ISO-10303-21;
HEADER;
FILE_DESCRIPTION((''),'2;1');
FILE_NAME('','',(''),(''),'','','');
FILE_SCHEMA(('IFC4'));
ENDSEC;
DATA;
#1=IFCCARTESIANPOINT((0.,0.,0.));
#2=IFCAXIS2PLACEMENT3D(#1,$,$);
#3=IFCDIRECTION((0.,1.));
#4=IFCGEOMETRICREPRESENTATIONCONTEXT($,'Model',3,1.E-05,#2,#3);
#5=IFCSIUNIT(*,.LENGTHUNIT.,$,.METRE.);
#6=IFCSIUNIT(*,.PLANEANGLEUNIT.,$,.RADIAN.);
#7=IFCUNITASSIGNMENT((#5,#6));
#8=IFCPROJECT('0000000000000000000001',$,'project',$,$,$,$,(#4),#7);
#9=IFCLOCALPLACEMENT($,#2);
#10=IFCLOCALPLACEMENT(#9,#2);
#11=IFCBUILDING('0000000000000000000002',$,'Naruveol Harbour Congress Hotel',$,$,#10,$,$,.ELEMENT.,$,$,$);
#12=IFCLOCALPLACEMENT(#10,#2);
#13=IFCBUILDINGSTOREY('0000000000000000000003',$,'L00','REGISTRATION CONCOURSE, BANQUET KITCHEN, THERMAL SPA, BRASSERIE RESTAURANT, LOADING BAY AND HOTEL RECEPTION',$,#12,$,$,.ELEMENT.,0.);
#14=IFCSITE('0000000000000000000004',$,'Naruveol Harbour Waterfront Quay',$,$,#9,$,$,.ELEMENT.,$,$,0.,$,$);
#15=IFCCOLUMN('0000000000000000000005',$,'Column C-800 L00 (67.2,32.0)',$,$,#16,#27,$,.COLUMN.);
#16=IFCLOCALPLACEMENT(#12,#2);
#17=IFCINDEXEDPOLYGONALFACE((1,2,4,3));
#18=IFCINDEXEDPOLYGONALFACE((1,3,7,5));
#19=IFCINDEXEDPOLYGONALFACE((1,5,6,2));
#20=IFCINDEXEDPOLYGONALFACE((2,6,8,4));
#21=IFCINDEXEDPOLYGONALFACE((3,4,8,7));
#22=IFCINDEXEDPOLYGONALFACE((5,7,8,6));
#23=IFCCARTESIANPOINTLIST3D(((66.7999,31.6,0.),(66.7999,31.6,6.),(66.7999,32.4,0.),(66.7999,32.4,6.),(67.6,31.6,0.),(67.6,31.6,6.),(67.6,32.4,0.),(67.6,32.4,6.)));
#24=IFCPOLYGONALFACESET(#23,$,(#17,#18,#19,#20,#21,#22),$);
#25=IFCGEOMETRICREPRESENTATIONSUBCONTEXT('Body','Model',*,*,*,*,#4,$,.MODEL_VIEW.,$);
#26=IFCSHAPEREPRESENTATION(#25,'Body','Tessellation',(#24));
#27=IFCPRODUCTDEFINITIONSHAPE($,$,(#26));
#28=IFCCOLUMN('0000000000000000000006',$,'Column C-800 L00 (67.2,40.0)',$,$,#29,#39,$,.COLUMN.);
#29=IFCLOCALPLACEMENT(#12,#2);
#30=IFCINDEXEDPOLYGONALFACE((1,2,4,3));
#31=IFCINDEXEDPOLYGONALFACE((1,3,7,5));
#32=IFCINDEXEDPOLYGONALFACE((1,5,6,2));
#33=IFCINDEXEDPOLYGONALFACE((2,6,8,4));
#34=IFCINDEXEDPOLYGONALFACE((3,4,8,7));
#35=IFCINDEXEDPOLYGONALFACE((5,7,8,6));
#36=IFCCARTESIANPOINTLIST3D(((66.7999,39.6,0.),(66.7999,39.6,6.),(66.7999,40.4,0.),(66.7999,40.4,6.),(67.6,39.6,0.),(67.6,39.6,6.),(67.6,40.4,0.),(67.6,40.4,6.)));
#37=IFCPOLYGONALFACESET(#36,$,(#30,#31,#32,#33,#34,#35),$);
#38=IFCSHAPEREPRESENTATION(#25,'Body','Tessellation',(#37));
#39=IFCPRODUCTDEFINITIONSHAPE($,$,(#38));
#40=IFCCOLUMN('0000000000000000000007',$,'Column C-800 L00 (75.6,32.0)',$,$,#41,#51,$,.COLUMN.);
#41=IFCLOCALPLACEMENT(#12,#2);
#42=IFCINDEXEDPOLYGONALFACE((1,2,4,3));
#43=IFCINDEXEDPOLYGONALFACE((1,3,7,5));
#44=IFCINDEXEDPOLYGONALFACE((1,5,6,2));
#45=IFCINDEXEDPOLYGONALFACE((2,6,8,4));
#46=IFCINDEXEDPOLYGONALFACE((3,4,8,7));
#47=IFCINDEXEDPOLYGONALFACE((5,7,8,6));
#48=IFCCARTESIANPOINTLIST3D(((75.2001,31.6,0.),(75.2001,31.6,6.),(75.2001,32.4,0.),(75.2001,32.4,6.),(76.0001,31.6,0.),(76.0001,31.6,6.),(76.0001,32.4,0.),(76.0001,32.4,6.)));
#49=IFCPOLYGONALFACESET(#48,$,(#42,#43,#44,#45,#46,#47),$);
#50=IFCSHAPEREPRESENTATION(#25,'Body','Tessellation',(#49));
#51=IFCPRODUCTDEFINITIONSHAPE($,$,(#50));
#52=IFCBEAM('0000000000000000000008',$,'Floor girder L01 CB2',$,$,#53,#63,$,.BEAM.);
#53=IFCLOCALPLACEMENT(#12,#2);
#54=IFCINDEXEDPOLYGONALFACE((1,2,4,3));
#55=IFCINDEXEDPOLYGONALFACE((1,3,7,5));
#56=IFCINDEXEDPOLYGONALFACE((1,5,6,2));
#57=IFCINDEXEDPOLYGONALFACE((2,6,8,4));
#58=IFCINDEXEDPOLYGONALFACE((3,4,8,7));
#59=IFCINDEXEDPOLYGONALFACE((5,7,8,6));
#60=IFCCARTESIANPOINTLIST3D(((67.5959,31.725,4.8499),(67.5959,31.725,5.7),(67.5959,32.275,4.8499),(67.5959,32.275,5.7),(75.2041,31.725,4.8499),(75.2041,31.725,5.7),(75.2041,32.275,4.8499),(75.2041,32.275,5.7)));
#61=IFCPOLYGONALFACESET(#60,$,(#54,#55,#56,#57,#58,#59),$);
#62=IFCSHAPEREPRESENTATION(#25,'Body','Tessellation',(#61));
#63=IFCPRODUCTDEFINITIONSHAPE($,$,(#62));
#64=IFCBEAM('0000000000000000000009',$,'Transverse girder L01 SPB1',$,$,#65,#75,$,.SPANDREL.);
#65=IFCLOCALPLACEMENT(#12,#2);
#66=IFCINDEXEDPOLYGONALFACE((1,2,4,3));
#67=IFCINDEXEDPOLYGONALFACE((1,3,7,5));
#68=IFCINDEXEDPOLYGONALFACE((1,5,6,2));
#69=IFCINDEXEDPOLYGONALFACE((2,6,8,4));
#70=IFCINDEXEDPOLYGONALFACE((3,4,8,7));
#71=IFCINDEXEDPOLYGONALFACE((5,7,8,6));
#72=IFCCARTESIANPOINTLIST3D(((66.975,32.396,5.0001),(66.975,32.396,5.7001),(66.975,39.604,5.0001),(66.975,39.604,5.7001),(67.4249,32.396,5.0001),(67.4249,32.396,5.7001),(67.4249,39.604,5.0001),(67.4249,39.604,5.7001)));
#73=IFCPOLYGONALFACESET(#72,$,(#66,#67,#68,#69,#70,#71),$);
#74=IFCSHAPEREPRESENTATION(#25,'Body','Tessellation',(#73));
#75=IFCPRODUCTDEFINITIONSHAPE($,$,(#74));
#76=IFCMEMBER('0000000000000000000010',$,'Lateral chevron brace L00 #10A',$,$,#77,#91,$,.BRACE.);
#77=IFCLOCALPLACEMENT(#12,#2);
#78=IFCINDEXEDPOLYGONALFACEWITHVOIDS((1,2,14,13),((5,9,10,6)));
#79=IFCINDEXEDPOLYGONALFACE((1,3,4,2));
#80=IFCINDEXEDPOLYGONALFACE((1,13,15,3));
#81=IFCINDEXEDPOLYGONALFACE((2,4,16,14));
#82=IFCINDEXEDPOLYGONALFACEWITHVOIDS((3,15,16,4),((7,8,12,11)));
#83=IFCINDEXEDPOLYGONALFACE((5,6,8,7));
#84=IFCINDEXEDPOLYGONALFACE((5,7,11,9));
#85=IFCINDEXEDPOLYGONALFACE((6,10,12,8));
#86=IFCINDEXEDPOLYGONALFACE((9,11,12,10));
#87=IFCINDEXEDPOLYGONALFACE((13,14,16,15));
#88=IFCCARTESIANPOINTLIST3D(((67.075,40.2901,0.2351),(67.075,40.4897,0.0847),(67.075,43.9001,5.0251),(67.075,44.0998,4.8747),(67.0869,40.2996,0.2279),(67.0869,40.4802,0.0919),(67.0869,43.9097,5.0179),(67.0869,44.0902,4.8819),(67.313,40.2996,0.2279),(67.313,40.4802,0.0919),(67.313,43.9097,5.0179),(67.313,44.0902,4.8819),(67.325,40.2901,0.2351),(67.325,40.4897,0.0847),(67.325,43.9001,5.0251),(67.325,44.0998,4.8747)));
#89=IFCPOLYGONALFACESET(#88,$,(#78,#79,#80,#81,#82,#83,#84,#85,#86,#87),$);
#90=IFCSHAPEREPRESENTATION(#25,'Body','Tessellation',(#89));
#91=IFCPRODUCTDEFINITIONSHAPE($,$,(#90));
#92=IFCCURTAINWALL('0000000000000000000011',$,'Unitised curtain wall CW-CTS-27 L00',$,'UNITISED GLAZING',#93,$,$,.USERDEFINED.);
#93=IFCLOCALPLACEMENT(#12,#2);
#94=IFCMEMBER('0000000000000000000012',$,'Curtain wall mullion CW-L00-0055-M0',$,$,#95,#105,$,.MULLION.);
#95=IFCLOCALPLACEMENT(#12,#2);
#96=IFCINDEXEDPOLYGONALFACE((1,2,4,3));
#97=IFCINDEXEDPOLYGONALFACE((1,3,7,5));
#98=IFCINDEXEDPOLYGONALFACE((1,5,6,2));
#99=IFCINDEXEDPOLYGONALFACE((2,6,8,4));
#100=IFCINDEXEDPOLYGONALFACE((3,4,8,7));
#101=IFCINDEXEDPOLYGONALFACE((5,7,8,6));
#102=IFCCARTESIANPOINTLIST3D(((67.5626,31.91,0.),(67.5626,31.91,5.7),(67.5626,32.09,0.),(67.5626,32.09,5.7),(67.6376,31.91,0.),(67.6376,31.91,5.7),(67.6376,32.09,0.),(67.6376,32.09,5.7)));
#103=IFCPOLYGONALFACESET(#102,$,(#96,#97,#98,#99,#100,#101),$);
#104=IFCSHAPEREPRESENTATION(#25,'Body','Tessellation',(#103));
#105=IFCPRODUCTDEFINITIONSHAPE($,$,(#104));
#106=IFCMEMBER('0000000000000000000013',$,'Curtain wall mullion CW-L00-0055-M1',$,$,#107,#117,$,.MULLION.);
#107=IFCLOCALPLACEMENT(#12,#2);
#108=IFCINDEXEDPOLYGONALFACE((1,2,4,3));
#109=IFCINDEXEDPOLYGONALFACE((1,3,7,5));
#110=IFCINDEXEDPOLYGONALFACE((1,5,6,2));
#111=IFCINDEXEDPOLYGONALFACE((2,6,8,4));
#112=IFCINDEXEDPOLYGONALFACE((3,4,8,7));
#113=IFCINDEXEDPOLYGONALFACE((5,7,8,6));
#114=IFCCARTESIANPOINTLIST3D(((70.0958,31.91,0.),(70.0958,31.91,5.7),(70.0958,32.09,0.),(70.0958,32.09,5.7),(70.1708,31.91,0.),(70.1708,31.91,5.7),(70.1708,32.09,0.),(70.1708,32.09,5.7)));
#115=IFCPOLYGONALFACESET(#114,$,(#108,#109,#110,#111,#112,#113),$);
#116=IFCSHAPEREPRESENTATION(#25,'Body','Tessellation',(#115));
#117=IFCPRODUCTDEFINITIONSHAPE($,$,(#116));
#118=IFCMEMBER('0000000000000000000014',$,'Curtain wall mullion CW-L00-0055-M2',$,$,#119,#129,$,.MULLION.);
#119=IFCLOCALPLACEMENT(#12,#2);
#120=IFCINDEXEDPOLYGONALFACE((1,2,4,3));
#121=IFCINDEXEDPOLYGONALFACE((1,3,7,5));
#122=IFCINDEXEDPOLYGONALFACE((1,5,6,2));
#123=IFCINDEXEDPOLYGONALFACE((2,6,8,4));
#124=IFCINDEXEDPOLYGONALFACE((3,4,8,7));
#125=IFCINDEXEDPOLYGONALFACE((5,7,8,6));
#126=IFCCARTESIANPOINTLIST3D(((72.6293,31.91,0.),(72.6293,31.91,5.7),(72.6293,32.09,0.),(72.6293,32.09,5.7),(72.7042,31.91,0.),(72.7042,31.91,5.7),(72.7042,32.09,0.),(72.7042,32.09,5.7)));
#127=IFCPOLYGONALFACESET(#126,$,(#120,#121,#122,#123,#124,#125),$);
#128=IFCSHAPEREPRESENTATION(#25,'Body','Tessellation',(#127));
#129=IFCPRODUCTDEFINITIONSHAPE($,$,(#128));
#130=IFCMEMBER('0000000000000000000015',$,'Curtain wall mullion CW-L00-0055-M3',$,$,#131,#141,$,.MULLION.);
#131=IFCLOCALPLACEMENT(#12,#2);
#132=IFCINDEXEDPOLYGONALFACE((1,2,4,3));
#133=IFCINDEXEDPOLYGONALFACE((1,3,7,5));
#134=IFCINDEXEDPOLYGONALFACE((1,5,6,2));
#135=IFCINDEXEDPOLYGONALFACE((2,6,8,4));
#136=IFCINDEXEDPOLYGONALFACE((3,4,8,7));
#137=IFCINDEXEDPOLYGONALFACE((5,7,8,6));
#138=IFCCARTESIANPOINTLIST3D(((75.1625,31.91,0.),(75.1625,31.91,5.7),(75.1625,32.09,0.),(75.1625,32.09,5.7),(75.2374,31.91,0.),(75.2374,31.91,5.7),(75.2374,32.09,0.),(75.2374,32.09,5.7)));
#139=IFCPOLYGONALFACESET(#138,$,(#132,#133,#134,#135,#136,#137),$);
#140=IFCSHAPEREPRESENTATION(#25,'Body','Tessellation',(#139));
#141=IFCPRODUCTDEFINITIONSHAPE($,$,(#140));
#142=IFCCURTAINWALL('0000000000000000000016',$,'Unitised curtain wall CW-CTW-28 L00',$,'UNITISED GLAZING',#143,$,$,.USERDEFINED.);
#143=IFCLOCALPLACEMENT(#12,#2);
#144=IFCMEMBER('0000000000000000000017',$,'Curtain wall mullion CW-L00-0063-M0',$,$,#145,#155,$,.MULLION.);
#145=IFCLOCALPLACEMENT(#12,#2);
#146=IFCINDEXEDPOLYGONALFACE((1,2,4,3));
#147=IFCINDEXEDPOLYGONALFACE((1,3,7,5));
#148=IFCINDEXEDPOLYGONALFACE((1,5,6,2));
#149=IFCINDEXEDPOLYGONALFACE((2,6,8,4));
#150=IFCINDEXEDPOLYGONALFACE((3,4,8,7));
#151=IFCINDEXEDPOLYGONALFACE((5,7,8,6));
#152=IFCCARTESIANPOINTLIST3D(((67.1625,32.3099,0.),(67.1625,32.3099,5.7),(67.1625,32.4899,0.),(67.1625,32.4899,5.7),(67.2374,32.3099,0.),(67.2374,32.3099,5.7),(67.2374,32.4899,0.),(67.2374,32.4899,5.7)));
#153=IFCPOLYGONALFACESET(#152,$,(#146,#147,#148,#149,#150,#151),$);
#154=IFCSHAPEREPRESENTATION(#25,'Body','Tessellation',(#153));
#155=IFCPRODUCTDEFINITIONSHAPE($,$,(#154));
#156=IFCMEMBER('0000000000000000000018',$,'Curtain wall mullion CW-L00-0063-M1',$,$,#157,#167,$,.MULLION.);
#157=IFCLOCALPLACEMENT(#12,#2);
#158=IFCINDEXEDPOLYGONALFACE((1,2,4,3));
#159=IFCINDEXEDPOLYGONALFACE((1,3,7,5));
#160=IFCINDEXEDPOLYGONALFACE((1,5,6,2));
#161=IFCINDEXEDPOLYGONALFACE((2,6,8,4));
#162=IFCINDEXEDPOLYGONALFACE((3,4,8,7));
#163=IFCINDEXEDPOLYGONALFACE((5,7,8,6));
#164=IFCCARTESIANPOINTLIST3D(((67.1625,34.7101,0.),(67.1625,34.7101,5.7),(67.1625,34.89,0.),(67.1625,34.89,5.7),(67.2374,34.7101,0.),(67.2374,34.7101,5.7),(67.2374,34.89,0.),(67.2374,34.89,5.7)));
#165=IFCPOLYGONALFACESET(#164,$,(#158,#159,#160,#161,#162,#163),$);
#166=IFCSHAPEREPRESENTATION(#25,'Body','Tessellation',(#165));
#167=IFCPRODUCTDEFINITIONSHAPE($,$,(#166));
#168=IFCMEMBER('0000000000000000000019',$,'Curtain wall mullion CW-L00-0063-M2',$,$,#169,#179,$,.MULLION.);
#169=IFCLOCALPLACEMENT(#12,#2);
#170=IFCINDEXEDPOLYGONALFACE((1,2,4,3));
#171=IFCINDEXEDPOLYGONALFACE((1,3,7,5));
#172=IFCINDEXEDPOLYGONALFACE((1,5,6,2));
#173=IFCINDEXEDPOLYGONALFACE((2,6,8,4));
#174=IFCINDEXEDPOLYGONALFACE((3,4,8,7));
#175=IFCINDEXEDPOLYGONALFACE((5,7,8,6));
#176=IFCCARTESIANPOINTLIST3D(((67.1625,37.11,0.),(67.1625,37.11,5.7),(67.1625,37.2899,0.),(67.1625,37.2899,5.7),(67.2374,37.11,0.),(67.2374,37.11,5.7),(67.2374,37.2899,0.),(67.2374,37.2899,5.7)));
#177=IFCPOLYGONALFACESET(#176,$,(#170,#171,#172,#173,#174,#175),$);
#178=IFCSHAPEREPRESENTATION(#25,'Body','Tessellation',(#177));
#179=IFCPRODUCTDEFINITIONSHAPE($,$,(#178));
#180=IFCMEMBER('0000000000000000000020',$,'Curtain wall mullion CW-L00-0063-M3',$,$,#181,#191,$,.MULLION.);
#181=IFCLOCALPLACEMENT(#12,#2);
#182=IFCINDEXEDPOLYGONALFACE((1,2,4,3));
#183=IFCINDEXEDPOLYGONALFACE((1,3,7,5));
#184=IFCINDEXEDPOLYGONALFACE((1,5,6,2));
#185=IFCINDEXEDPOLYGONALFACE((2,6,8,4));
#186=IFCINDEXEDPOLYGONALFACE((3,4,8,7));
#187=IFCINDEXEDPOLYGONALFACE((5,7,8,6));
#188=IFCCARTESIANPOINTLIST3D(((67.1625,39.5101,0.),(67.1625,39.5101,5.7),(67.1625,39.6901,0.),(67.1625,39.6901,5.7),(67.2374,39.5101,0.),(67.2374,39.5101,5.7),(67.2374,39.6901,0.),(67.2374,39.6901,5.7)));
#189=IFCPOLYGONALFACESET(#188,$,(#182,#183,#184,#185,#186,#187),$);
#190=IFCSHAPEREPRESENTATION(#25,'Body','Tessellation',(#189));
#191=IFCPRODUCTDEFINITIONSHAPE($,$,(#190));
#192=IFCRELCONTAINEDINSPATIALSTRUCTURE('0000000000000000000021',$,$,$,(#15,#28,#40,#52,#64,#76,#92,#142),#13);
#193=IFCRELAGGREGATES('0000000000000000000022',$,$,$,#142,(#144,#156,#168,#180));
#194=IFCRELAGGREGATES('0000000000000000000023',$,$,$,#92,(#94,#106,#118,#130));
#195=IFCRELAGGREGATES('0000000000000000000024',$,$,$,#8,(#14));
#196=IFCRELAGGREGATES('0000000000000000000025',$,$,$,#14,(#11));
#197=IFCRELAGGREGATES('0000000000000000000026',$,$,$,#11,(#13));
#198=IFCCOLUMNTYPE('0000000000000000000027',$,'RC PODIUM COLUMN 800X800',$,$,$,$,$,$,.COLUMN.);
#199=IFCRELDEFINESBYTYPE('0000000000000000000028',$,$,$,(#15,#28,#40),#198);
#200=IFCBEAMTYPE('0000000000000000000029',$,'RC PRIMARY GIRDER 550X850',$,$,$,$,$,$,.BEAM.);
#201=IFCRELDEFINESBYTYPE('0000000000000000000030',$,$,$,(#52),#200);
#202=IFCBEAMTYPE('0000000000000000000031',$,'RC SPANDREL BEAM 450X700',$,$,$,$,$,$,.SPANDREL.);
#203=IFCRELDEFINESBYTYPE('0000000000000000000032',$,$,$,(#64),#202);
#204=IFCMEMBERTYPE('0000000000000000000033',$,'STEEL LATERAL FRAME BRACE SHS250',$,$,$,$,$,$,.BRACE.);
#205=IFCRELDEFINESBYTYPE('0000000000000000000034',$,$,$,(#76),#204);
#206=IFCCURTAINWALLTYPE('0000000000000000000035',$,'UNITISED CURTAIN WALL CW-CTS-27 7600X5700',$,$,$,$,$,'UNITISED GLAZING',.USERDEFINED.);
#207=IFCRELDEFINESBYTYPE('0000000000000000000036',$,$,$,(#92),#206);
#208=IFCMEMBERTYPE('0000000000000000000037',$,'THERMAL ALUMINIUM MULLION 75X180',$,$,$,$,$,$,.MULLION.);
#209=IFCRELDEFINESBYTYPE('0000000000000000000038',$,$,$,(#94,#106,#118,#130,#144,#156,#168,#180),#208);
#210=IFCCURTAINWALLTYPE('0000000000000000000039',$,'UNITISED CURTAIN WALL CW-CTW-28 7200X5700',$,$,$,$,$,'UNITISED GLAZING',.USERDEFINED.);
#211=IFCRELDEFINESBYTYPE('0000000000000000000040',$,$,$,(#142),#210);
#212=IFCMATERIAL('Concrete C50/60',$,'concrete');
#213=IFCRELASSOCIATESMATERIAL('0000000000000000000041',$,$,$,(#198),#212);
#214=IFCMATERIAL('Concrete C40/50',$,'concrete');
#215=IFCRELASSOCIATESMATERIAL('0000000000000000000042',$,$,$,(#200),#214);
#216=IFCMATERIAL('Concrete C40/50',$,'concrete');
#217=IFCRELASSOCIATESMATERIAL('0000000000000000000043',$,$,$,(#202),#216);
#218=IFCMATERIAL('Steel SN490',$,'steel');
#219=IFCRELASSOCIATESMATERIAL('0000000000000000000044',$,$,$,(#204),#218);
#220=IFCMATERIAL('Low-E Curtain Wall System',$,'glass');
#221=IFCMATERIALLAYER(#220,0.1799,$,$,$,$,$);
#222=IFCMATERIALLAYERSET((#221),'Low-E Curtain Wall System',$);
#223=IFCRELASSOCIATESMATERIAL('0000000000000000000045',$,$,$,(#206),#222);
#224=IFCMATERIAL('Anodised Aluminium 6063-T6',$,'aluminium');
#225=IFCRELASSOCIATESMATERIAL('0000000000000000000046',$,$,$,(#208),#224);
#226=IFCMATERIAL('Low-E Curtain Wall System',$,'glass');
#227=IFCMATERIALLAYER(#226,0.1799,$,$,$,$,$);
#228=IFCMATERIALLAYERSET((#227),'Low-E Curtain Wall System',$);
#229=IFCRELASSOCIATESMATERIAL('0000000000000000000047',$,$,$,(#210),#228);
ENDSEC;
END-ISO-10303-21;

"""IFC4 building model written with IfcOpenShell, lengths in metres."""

from ifc_helpers import new_model, si_unit, direction, frame, origin, origin_2d, place, context, subcontext, project, spatial, rectangle, hollow_rectangle, extrude, material, layer, layer_set, material_profile, profile_set, type_object, element, aggregate, save


model = new_model("IFC4")

# Units and contexts
model_context = context("Model", 3, precision=1e-05, world=origin(), true_north=direction((0.0, 1.0)))
body_context = subcontext(model_context, "Body", "Model", "MODEL_VIEW")
ifc_project = project(units=[si_unit("LENGTHUNIT", "METRE"), si_unit("PLANEANGLEUNIT", "RADIAN")], contexts=[model_context])

# Site, building, storey
site_placement = place(None, origin())
site = spatial("IfcSite", under=ifc_project, at=site_placement, Name="Naruveol Harbour Waterfront Quay", CompositionType="ELEMENT", RefElevation=0.0)
building_placement = place(site_placement, origin())
building = spatial("IfcBuilding", under=site, at=building_placement, Name="Naruveol Harbour Congress Hotel", CompositionType="ELEMENT")
storey_placement = place(building_placement, origin())
storey = spatial("IfcBuildingStorey", under=building, at=storey_placement, Name="L00", Description="REGISTRATION CONCOURSE, BANQUET KITCHEN, THERMAL SPA, BRASSERIE RESTAURANT, LOADING BAY AND HOTEL RECEPTION", CompositionType="ELEMENT", Elevation=0.0)

# Columns
ifc_material_1 = material(Name="Concrete C50/60", Category="concrete")
ifc_material_profile_1 = material_profile(ifc_material_1, rectangle(XDim=0.8, YDim=0.8, at=origin_2d()), Name="RC-800x800")
ifc_profile_set_1 = profile_set([ifc_material_profile_1], Name="Concrete C50/60")
column_type = type_object("IfcColumnType", Name="RC PODIUM COLUMN 800X800", PredefinedType="COLUMN", material=ifc_profile_set_1)
for number, where, z_axis, x_axis, name in (
    (1, (67.2, 32.0, 0.0), (0.0, 0.0, 1.0), (1.0, 0.0, 0.0), "Column C-800 L00 (67.2,32.0)"),
    (2, (67.2, 40.0, 0.0), (0.0, 0.0, 1.0), (1.0, 0.0, 0.0), "Column C-800 L00 (67.2,40.0)"),
    (3, (75.6001, 32.0, 0.0), (0.0, 0.0, 1.0), (1.0, 0.0, 0.0), "Column C-800 L00 (75.6,32.0)"),
):
    element("IfcColumn", number, at=place(storey_placement, frame(where, z_axis=z_axis, x_axis=x_axis)), inside=storey, type_object=column_type, Name=name, PredefinedType="COLUMN", context=body_context, shape_type="SweptSolid", body=[
        extrude(rectangle(XDim=0.8, YDim=0.8, at=origin_2d()), origin(), (0.0, 0.0, 1.0), 6.0),
    ])

# Beams
ifc_material_2 = material(Name="Concrete C40/50", Category="concrete")
ifc_material_profile_2 = material_profile(ifc_material_2, rectangle(XDim=0.55, YDim=0.8501, at=origin_2d()), Name="RCB-550x850")
ifc_profile_set_2 = profile_set([ifc_material_profile_2], Name="Concrete C40/50")
beam_type_1 = type_object("IfcBeamType", Name="RC PRIMARY GIRDER 550X850", PredefinedType="BEAM", material=ifc_profile_set_2)
beam_1_placement = place(storey_placement, frame((67.5959, 32.0, 5.2749), z_axis=(1.0, 0.0, 0.0), x_axis=(0.0, 1.0, 0.0)))
element("IfcBeam", 4, at=beam_1_placement, inside=storey, type_object=beam_type_1, Name="Floor girder L01 CB2", PredefinedType="BEAM", context=body_context, shape_type="SweptSolid", body=[
    extrude(rectangle(XDim=0.55, YDim=0.8501, at=origin_2d()), origin(), (0.0, 0.0, 1.0), 7.6082),
])
ifc_material_3 = material(Name="Concrete C40/50", Category="concrete")
ifc_material_profile_3 = material_profile(ifc_material_3, rectangle(XDim=0.45, YDim=0.7, at=origin_2d()), Name="RCB-450x700")
ifc_profile_set_3 = profile_set([ifc_material_profile_3], Name="Concrete C40/50")
beam_type_2 = type_object("IfcBeamType", Name="RC SPANDREL BEAM 450X700", PredefinedType="SPANDREL", material=ifc_profile_set_3)
beam_2_placement = place(storey_placement, frame((67.2, 32.396, 5.3501), z_axis=(0.0, 1.0, 0.0), x_axis=(-1.0, 0.0, 0.0)))
element("IfcBeam", 5, at=beam_2_placement, inside=storey, type_object=beam_type_2, Name="Transverse girder L01 SPB1", PredefinedType="SPANDREL", context=body_context, shape_type="SweptSolid", body=[
    extrude(rectangle(XDim=0.45, YDim=0.7, at=origin_2d()), origin(), (0.0, 0.0, 1.0), 7.208),
])

# Member
ifc_material_4 = material(Name="Steel SN490", Category="steel")
ifc_material_profile_4 = material_profile(ifc_material_4, hollow_rectangle(XDim=0.25, YDim=0.25, WallThickness=0.012, at=origin_2d()), Name="SHS-250x250x12")
ifc_profile_set_4 = profile_set([ifc_material_profile_4], Name="Steel SN490")
member_type_1 = type_object("IfcMemberType", Name="STEEL LATERAL FRAME BRACE SHS250", PredefinedType="BRACE", material=ifc_profile_set_4)
member_1_placement = place(storey_placement, frame((67.2, 40.3899, 0.1599), z_axis=(0.0, 0.601874, 0.798591), x_axis=(-1.0, 0.0, 0.0)))
element("IfcMember", 6, at=member_1_placement, inside=storey, type_object=member_type_1, Name="Lateral chevron brace L00 #10A", PredefinedType="BRACE", context=body_context, shape_type="SweptSolid", body=[
    extrude(hollow_rectangle(XDim=0.25, YDim=0.25, WallThickness=0.012, at=origin_2d()), origin(), (0.0, 0.0, 1.0), 5.998),
])

# Curtain walls, members
ifc_material_5 = material(Name="Low-E Curtain Wall System", Category="glass")
ifc_layer_1 = layer(ifc_material_5, 0.1799)
ifc_layer_set_1 = layer_set([ifc_layer_1], Name="Low-E Curtain Wall System")
curtain_wall_type_1 = type_object("IfcCurtainWallType", Name="UNITISED CURTAIN WALL CW-CTS-27 7600X5700", ElementType="UNITISED GLAZING", PredefinedType="USERDEFINED", material=ifc_layer_set_1)
curtain_wall_1_placement = place(storey_placement, origin())
curtain_wall_1 = element("IfcCurtainWall", 7, at=curtain_wall_1_placement, inside=storey, type_object=curtain_wall_type_1, Name="Unitised curtain wall CW-CTS-27 L00", ObjectType="UNITISED GLAZING", PredefinedType="USERDEFINED")
ifc_material_6 = material(Name="Anodised Aluminium 6063-T6", Category="aluminium")
ifc_material_profile_5 = material_profile(ifc_material_6, rectangle(XDim=0.075, YDim=0.1799, at=origin_2d()), Name="ALU-75x180")
ifc_profile_set_5 = profile_set([ifc_material_profile_5], Name="Anodised Aluminium 6063-T6")
member_type_2 = type_object("IfcMemberType", Name="THERMAL ALUMINIUM MULLION 75X180", PredefinedType="MULLION", material=ifc_profile_set_5)
member_2_placement = place(storey_placement, frame((67.6001, 32.0, 0.0), z_axis=(0.0, 0.0, 1.0), x_axis=(1.0, 0.0, 0.0)))
member_2 = element("IfcMember", 8, at=member_2_placement, type_object=member_type_2, Name="Curtain wall mullion CW-L00-0055-M0", PredefinedType="MULLION", context=body_context, shape_type="SweptSolid", body=[
    extrude(rectangle(XDim=0.075, YDim=0.1799, at=origin_2d()), origin(), (0.0, 0.0, 1.0), 5.7),
])
member_3_placement = place(storey_placement, frame((70.1333, 32.0, 0.0), z_axis=(0.0, 0.0, 1.0), x_axis=(1.0, 0.0, 0.0)))
member_3 = element("IfcMember", 9, at=member_3_placement, type_object=member_type_2, Name="Curtain wall mullion CW-L00-0055-M1", PredefinedType="MULLION", context=body_context, shape_type="SweptSolid", body=[
    extrude(rectangle(XDim=0.075, YDim=0.1799, at=origin_2d()), origin(), (0.0, 0.0, 1.0), 5.7),
])
member_4_placement = place(storey_placement, frame((72.6667, 32.0, 0.0), z_axis=(0.0, 0.0, 1.0), x_axis=(1.0, 0.0, 0.0)))
member_4 = element("IfcMember", 10, at=member_4_placement, type_object=member_type_2, Name="Curtain wall mullion CW-L00-0055-M2", PredefinedType="MULLION", context=body_context, shape_type="SweptSolid", body=[
    extrude(rectangle(XDim=0.075, YDim=0.1799, at=origin_2d()), origin(), (0.0, 0.0, 1.0), 5.7),
])
member_5_placement = place(storey_placement, frame((75.2, 32.0, 0.0), z_axis=(0.0, 0.0, 1.0), x_axis=(1.0, 0.0, 0.0)))
member_5 = element("IfcMember", 11, at=member_5_placement, type_object=member_type_2, Name="Curtain wall mullion CW-L00-0055-M3", PredefinedType="MULLION", context=body_context, shape_type="SweptSolid", body=[
    extrude(rectangle(XDim=0.075, YDim=0.1799, at=origin_2d()), origin(), (0.0, 0.0, 1.0), 5.7),
])
ifc_material_7 = material(Name="Low-E Curtain Wall System", Category="glass")
ifc_layer_2 = layer(ifc_material_7, 0.1799)
ifc_layer_set_2 = layer_set([ifc_layer_2], Name="Low-E Curtain Wall System")
curtain_wall_type_2 = type_object("IfcCurtainWallType", Name="UNITISED CURTAIN WALL CW-CTW-28 7200X5700", ElementType="UNITISED GLAZING", PredefinedType="USERDEFINED", material=ifc_layer_set_2)
curtain_wall_2_placement = place(storey_placement, origin())
curtain_wall_2 = element("IfcCurtainWall", 12, at=curtain_wall_2_placement, inside=storey, type_object=curtain_wall_type_2, Name="Unitised curtain wall CW-CTW-28 L00", ObjectType="UNITISED GLAZING", PredefinedType="USERDEFINED")
member_6_placement = place(storey_placement, frame((67.2, 32.3999, 0.0), z_axis=(0.0, 0.0, 1.0), x_axis=(1.0, 0.0, 0.0)))
member_6 = element("IfcMember", 13, at=member_6_placement, type_object=member_type_2, Name="Curtain wall mullion CW-L00-0063-M0", PredefinedType="MULLION", context=body_context, shape_type="SweptSolid", body=[
    extrude(rectangle(XDim=0.075, YDim=0.1799, at=origin_2d()), origin(), (0.0, 0.0, 1.0), 5.7),
])
member_7_placement = place(storey_placement, frame((67.2, 34.8, 0.0), z_axis=(0.0, 0.0, 1.0), x_axis=(1.0, 0.0, 0.0)))
member_7 = element("IfcMember", 14, at=member_7_placement, type_object=member_type_2, Name="Curtain wall mullion CW-L00-0063-M1", PredefinedType="MULLION", context=body_context, shape_type="SweptSolid", body=[
    extrude(rectangle(XDim=0.075, YDim=0.1799, at=origin_2d()), origin(), (0.0, 0.0, 1.0), 5.7),
])
member_8_placement = place(storey_placement, frame((67.2, 37.2, 0.0), z_axis=(0.0, 0.0, 1.0), x_axis=(1.0, 0.0, 0.0)))
member_8 = element("IfcMember", 15, at=member_8_placement, type_object=member_type_2, Name="Curtain wall mullion CW-L00-0063-M2", PredefinedType="MULLION", context=body_context, shape_type="SweptSolid", body=[
    extrude(rectangle(XDim=0.075, YDim=0.1799, at=origin_2d()), origin(), (0.0, 0.0, 1.0), 5.7),
])
member_9_placement = place(storey_placement, frame((67.2, 39.6001, 0.0), z_axis=(0.0, 0.0, 1.0), x_axis=(1.0, 0.0, 0.0)))
member_9 = element("IfcMember", 16, at=member_9_placement, type_object=member_type_2, Name="Curtain wall mullion CW-L00-0063-M3", PredefinedType="MULLION", context=body_context, shape_type="SweptSolid", body=[
    extrude(rectangle(XDim=0.075, YDim=0.1799, at=origin_2d()), origin(), (0.0, 0.0, 1.0), 5.7),
])

aggregate(curtain_wall_2, [member_6, member_7, member_8, member_9])

aggregate(curtain_wall_1, [member_2, member_3, member_4, member_5])

save(model, "model.ifc")
